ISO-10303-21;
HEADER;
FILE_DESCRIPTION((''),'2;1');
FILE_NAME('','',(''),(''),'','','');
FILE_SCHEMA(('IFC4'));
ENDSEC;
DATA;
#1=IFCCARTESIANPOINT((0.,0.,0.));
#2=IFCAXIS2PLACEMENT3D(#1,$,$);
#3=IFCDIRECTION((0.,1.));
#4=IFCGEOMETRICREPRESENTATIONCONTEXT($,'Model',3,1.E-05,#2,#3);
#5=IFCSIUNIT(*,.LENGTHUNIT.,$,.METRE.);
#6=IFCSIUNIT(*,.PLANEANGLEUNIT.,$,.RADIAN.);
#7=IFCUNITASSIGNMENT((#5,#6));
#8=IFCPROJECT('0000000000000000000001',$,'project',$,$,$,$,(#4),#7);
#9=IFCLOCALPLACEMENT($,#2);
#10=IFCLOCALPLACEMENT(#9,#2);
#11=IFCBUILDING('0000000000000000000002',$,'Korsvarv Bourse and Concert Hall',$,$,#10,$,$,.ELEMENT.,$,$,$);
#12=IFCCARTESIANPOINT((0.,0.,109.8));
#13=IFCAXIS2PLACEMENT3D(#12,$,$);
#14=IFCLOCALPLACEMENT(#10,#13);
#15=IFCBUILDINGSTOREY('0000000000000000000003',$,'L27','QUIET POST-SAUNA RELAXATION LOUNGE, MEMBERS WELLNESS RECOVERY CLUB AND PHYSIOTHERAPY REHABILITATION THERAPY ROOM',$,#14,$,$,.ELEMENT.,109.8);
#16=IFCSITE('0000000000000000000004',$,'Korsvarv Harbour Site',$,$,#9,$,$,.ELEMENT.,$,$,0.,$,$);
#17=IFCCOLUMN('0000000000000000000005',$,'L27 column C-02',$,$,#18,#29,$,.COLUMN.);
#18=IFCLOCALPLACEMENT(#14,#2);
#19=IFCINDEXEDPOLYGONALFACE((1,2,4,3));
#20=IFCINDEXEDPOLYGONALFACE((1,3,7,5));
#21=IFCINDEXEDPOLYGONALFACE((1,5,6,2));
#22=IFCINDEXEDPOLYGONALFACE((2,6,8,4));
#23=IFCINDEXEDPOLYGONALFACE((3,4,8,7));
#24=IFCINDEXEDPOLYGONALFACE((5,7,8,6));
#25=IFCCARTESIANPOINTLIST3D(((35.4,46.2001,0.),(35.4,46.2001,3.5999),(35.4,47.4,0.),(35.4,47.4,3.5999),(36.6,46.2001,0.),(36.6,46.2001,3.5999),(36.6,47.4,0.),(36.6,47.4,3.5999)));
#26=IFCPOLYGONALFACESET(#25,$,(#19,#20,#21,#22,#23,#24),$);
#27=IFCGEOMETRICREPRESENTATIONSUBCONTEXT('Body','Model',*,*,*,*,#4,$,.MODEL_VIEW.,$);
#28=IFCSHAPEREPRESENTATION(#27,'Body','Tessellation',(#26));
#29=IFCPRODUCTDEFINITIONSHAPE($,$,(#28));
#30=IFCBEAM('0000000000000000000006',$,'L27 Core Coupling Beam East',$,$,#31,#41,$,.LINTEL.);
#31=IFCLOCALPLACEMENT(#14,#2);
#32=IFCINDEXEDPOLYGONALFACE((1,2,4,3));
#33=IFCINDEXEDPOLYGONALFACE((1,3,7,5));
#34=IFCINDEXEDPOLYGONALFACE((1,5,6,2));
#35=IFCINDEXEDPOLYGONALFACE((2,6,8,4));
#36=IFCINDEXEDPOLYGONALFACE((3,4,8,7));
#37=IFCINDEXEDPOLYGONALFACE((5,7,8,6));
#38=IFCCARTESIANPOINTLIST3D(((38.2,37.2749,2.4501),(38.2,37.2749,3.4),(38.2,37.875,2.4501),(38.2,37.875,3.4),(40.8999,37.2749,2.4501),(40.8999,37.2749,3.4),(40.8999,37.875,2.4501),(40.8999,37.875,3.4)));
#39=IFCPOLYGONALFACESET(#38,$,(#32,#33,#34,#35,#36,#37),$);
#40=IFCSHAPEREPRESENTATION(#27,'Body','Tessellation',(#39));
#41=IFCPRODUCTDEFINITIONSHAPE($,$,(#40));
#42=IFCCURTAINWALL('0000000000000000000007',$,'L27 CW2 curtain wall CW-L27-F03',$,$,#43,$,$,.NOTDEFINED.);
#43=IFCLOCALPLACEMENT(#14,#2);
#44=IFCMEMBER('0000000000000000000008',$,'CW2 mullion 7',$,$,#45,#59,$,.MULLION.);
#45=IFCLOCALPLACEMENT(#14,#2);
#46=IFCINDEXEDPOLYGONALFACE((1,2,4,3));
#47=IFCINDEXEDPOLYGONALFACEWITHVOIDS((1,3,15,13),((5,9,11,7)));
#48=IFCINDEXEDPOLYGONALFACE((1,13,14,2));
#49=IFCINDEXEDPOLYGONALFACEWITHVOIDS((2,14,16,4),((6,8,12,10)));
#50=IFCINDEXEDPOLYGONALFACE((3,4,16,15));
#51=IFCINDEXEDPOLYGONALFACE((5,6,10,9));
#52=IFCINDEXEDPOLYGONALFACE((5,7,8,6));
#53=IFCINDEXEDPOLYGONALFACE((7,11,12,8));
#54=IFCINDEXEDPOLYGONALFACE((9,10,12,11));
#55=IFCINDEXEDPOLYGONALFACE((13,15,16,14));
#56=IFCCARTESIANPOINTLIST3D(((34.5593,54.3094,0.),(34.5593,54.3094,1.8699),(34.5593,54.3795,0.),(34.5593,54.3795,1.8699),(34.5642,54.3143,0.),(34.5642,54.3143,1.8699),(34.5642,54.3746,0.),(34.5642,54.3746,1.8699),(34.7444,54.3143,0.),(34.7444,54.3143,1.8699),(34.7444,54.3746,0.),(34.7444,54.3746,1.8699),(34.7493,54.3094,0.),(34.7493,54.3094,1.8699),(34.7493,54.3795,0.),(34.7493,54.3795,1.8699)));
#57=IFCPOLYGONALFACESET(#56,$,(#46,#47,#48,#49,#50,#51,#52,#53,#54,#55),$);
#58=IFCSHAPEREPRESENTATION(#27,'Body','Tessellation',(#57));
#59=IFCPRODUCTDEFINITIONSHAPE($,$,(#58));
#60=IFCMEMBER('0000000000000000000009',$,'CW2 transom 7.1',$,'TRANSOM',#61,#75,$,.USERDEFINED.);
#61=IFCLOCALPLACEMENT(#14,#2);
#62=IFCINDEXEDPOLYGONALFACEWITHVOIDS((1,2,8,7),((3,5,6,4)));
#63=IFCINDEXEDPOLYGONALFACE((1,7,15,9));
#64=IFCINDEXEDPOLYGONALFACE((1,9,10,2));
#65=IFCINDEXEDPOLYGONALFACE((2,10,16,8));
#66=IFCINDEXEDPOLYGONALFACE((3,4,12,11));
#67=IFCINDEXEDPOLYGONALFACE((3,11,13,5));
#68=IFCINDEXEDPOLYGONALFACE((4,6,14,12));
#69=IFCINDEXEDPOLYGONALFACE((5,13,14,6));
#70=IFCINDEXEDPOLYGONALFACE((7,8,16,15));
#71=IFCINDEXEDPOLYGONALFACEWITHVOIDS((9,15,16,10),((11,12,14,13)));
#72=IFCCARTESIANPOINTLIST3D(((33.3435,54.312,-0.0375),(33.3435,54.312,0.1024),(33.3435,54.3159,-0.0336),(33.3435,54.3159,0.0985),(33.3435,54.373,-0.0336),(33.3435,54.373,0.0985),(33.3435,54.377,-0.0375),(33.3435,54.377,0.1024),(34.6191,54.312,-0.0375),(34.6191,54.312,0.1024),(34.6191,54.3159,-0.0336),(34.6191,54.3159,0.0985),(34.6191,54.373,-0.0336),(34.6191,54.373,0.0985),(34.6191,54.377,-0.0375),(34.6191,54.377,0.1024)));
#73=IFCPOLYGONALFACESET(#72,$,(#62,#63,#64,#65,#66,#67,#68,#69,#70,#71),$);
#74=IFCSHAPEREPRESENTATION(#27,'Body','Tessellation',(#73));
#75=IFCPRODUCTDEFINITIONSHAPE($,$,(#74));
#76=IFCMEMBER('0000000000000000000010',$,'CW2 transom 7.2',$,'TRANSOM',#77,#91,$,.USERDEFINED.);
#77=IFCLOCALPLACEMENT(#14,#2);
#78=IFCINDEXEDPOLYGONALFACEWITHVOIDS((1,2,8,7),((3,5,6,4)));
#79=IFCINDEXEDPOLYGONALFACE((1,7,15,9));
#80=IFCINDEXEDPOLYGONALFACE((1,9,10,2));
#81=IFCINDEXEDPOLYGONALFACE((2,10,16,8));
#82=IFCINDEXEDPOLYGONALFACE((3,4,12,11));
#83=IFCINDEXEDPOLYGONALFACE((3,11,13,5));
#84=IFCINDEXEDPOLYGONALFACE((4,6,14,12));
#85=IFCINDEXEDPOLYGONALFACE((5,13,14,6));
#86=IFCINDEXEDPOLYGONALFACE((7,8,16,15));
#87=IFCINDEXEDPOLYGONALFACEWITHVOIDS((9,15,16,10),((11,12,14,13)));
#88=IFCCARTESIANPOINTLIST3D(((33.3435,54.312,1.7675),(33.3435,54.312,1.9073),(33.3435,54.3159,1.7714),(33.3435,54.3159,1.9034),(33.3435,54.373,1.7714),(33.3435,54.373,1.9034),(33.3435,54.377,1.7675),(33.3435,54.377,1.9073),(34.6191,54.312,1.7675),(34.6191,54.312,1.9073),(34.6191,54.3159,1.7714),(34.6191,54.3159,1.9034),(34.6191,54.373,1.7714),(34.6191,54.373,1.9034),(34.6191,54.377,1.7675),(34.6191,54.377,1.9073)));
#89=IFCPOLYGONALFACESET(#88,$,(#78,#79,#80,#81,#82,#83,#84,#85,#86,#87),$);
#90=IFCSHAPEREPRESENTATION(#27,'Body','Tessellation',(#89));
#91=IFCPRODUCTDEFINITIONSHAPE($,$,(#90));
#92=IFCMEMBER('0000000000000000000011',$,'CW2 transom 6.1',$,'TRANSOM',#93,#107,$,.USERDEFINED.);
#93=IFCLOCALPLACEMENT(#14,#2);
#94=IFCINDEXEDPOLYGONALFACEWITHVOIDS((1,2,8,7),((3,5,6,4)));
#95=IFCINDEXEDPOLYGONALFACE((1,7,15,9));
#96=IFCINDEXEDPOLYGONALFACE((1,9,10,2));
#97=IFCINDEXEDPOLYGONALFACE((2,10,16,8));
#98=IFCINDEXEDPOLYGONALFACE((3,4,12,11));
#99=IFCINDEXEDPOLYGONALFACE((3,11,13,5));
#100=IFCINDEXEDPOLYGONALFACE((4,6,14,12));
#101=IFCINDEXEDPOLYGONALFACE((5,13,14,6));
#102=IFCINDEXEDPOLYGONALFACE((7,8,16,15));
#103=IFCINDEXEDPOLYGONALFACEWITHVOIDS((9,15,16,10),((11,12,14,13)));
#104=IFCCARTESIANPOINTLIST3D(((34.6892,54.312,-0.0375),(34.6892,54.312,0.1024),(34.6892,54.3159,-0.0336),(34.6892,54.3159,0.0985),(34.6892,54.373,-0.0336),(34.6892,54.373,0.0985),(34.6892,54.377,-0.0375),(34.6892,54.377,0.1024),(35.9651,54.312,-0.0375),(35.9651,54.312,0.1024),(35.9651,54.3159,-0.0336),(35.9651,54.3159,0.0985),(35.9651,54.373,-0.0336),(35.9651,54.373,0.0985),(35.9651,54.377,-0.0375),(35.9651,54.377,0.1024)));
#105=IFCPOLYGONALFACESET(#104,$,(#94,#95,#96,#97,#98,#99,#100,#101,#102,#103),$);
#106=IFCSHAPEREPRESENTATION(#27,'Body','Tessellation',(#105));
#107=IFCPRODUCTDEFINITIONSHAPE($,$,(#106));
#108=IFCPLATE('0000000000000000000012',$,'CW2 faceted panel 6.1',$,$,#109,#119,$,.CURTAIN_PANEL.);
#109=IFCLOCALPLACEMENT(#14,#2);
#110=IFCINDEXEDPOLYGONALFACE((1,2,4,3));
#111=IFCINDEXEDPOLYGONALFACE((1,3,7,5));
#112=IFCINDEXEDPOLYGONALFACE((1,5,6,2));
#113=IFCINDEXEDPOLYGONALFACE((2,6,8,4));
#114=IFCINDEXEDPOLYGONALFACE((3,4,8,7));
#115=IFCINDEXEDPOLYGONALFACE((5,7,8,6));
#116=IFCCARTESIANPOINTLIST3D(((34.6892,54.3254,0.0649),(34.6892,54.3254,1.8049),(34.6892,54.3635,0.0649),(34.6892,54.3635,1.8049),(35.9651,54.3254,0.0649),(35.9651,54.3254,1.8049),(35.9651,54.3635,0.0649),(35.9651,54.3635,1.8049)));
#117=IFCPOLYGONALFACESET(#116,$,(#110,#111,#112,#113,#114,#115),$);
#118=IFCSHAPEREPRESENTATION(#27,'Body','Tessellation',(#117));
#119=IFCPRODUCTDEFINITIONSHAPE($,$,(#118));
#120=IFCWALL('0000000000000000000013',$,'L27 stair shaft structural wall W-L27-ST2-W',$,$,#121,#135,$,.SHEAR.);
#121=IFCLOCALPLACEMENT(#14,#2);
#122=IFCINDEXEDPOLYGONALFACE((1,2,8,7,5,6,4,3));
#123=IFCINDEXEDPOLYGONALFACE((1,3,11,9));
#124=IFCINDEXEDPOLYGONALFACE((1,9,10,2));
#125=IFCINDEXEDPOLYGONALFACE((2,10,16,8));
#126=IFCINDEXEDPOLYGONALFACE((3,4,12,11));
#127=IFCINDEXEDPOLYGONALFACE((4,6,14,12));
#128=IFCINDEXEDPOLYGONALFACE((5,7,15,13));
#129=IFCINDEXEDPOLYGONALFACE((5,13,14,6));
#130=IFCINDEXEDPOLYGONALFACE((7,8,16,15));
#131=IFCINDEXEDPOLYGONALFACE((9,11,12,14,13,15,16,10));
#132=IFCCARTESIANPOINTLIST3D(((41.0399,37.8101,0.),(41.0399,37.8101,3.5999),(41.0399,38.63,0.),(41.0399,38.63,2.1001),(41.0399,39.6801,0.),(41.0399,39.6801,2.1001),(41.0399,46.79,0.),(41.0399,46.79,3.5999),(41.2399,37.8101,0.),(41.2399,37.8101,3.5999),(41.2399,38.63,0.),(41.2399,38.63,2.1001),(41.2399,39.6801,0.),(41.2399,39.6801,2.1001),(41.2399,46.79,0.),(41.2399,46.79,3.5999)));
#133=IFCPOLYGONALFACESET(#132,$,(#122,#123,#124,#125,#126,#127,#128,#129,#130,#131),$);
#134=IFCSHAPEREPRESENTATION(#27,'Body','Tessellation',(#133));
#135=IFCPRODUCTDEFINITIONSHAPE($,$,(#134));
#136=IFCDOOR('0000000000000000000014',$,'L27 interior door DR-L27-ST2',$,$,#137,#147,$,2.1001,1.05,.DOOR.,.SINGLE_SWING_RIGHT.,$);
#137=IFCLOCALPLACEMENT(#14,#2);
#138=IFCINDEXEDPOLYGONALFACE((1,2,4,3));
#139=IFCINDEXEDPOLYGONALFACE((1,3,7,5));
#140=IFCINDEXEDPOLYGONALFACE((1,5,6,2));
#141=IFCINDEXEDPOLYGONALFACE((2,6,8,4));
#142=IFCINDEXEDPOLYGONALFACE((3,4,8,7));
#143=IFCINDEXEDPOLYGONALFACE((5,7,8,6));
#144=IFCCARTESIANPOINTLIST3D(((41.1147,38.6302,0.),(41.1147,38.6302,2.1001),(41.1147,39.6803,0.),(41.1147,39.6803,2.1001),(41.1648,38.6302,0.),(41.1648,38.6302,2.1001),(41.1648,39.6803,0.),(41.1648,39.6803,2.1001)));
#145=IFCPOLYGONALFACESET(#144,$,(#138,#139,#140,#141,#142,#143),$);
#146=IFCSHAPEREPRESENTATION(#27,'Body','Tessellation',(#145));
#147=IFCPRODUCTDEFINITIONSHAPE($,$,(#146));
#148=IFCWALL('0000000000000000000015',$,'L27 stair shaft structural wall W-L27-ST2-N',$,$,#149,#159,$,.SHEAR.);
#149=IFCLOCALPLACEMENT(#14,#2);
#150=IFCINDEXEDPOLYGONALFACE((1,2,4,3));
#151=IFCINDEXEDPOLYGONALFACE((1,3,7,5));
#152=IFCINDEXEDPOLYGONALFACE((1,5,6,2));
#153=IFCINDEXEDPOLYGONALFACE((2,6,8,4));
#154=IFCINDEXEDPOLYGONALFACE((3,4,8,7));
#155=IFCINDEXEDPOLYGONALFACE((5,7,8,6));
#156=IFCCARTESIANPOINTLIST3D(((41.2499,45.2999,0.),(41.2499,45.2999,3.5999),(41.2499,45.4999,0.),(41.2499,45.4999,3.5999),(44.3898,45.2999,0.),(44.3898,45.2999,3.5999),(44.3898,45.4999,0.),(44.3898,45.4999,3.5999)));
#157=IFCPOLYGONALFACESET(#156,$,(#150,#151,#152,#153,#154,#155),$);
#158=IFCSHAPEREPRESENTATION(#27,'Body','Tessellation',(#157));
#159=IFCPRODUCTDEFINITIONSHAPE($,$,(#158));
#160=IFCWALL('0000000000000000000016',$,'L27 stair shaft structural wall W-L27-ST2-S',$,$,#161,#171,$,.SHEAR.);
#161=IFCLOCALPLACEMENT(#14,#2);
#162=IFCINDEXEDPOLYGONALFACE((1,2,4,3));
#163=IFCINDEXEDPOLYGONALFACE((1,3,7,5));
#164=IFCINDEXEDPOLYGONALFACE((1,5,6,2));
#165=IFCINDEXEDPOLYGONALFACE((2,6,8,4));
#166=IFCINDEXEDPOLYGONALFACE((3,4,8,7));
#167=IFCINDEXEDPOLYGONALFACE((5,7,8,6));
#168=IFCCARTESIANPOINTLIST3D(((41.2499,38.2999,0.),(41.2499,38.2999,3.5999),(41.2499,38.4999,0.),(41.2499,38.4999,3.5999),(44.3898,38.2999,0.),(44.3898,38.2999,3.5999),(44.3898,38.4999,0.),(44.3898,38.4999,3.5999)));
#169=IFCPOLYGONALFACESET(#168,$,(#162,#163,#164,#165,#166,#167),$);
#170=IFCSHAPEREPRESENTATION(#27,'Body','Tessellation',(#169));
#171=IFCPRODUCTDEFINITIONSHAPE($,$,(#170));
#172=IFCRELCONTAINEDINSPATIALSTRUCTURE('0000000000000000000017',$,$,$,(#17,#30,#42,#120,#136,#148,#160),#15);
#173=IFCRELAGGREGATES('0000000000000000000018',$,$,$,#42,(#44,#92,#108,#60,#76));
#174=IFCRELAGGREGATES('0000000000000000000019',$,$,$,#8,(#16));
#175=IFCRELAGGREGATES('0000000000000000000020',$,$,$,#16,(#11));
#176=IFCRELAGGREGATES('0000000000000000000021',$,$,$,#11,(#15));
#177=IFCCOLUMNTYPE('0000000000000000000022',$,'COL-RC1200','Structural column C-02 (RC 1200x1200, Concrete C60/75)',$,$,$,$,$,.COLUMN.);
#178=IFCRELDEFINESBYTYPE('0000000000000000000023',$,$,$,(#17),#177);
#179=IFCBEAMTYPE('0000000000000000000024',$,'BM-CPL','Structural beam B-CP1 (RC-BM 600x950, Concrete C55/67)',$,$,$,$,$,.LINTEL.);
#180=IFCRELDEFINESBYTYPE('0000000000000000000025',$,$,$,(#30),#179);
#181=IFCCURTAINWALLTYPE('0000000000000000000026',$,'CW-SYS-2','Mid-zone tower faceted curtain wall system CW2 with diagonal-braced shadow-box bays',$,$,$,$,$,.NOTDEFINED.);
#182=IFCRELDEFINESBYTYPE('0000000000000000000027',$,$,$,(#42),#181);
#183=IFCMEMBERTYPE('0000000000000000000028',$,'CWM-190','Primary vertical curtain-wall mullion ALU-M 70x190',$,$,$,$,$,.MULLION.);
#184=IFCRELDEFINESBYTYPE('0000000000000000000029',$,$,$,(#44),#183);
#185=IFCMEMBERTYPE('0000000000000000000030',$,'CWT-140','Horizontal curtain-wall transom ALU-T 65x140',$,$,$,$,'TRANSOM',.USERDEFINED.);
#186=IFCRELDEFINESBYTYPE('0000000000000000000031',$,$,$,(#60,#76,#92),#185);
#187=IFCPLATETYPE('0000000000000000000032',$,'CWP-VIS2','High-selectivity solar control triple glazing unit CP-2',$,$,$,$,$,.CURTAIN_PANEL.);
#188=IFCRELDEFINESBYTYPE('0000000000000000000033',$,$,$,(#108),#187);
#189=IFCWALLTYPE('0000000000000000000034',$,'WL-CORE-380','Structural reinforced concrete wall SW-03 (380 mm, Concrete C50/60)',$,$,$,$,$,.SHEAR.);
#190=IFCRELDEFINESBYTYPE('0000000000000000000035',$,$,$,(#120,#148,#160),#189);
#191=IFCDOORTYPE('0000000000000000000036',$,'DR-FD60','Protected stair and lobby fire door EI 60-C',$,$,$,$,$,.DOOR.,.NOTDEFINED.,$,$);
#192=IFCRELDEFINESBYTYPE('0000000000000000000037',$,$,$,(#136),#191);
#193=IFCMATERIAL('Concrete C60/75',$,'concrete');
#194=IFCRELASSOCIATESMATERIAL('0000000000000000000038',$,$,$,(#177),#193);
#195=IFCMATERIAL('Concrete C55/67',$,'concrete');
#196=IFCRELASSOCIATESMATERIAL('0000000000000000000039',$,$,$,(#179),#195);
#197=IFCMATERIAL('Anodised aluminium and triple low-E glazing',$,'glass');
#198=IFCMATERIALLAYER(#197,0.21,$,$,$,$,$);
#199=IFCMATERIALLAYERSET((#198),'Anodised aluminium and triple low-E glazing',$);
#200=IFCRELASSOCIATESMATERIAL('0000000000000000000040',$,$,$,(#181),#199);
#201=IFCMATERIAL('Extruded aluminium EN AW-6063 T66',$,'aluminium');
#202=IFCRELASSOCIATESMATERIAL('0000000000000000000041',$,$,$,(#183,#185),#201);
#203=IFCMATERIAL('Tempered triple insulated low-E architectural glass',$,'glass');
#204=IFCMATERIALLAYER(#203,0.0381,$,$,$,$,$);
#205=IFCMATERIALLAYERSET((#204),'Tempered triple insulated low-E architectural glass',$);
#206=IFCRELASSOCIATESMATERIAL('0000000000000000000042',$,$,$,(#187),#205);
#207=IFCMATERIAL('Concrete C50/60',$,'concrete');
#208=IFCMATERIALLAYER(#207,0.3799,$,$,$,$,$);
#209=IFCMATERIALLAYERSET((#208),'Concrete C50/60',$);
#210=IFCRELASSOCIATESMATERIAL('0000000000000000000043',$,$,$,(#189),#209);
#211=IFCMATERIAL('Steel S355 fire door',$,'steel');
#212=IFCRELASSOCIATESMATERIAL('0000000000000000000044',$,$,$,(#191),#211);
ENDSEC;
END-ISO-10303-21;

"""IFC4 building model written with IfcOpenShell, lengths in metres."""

from ifc_helpers import new_model, si_unit, direction, frame, frame_2d, origin, origin_2d, place, context, subcontext, project, spatial, rectangle, hollow_rectangle, extrude, source, transform, mapped, material, layer, layer_set, material_profile, profile_set, type_object, element, fill, aggregate, save


model = new_model("IFC4")

# Units and contexts
model_context = context("Model", 3, precision=1e-05, world=origin(), true_north=direction((0.0, 1.0)))
body_context = subcontext(model_context, "Body", "Model", "MODEL_VIEW")
ifc_project = project(units=[si_unit("LENGTHUNIT", "METRE"), si_unit("PLANEANGLEUNIT", "RADIAN")], contexts=[model_context])

# Site, building, storey
site_placement = place(None, origin())
site = spatial("IfcSite", under=ifc_project, at=site_placement, Name="Korsvarv Harbour Site", CompositionType="ELEMENT", RefElevation=0.0)
building_placement = place(site_placement, origin())
building = spatial("IfcBuilding", under=site, at=building_placement, Name="Korsvarv Bourse and Concert Hall", CompositionType="ELEMENT")
storey_placement = place(building_placement, frame((0.0, 0.0, 109.8)))
storey = spatial("IfcBuildingStorey", under=building, at=storey_placement, Name="L27", Description="QUIET POST-SAUNA RELAXATION LOUNGE, MEMBERS WELLNESS RECOVERY CLUB AND PHYSIOTHERAPY REHABILITATION THERAPY ROOM", CompositionType="ELEMENT", Elevation=109.8)

# Column
ifc_material_1 = material(Name="Concrete C60/75", Category="concrete")
ifc_material_profile_1 = material_profile(ifc_material_1, rectangle(XDim=1.2, YDim=1.2, at=origin_2d()), Name="RC 1200x1200")
ifc_profile_set_1 = profile_set([ifc_material_profile_1], Name="Concrete C60/75")
column_type = type_object("IfcColumnType", Name="COL-RC1200", Description="Structural column C-02 (RC 1200x1200, Concrete C60/75)", PredefinedType="COLUMN", material=ifc_profile_set_1)
shared_shape_1 = source(origin(), body_context, "Body", "SweptSolid", [
    extrude(rectangle(XDim=1.2, YDim=1.2, at=origin_2d()), origin(), (0.0, 0.0, 1.0), 3.5999),
])
column_placement = place(storey_placement, frame((36.0, 46.8, 0.0), z_axis=(0.0, 0.0, 1.0), x_axis=(1.0, 0.0, 0.0)))
element("IfcColumn", 1, at=column_placement, inside=storey, type_object=column_type, Name="L27 column C-02", PredefinedType="COLUMN", context=body_context, shape_type="MappedRepresentation", body=[
    mapped(shared_shape_1, transform((0.0, 0.0, 0.0), scale=1.0)),
])

# Beam
ifc_material_2 = material(Name="Concrete C55/67", Category="concrete")
ifc_material_profile_2 = material_profile(ifc_material_2, rectangle(XDim=0.6001, YDim=0.95, at=origin_2d()), Name="RC-BM 600x950")
ifc_profile_set_2 = profile_set([ifc_material_profile_2], Name="Concrete C55/67")
beam_type = type_object("IfcBeamType", Name="BM-CPL", Description="Structural beam B-CP1 (RC-BM 600x950, Concrete C55/67)", PredefinedType="LINTEL", material=ifc_profile_set_2)
shared_shape_2 = source(origin(), body_context, "Body", "SweptSolid", [
    extrude(rectangle(XDim=0.6001, YDim=0.95, at=origin_2d()), origin(), (0.0, 0.0, 1.0), 2.7),
])
beam_placement = place(storey_placement, frame((38.2, 37.575, 2.925), z_axis=(1.0, 0.0, 0.0), x_axis=(0.0, 1.0, 0.0)))
element("IfcBeam", 2, at=beam_placement, inside=storey, type_object=beam_type, Name="L27 Core Coupling Beam East", PredefinedType="LINTEL", context=body_context, shape_type="MappedRepresentation", body=[
    mapped(shared_shape_2, transform((0.0, 0.0, 0.0), scale=1.0)),
])

# Curtain wall, members, plate
ifc_material_3 = material(Name="Anodised aluminium and triple low-E glazing", Category="glass")
ifc_layer_1 = layer(ifc_material_3, 0.21)
ifc_layer_set_1 = layer_set([ifc_layer_1], Name="Anodised aluminium and triple low-E glazing")
curtain_wall_type = type_object("IfcCurtainWallType", Name="CW-SYS-2", Description="Mid-zone tower faceted curtain wall system CW2 with diagonal-braced shadow-box bays", PredefinedType="NOTDEFINED", material=ifc_layer_set_1)
curtain_wall_placement = place(storey_placement, origin())
curtain_wall = element("IfcCurtainWall", 3, at=curtain_wall_placement, inside=storey, type_object=curtain_wall_type, Name="L27 CW2 curtain wall CW-L27-F03", PredefinedType="NOTDEFINED")
ifc_material_4 = material(Name="Extruded aluminium EN AW-6063 T66", Category="aluminium")
ifc_material_profile_3 = material_profile(ifc_material_4, hollow_rectangle(XDim=0.0701, YDim=0.1899, WallThickness=0.0049, at=origin_2d()), Name="ALU-M 70x190")
ifc_profile_set_3 = profile_set([ifc_material_profile_3], Name="Extruded aluminium EN AW-6063 T66")
member_type_1 = type_object("IfcMemberType", Name="CWM-190", Description="Primary vertical curtain-wall mullion ALU-M 70x190", PredefinedType="MULLION", material=ifc_profile_set_3)
shared_shape_3 = source(origin(), body_context, "Body", "SweptSolid", [
    extrude(hollow_rectangle(XDim=0.0701, YDim=0.1899, WallThickness=0.0049, at=origin_2d()), origin(), (0.0, 0.0, 1.0), 1.8699),
])
member_1_placement = place(storey_placement, frame((34.6543, 54.3445, 0.0), z_axis=(0.0, 0.0, 1.0), x_axis=(0.0, -1.0, 0.0)))
member_1 = element("IfcMember", 4, at=member_1_placement, type_object=member_type_1, Name="CW2 mullion 7", PredefinedType="MULLION", context=body_context, shape_type="MappedRepresentation", body=[
    mapped(shared_shape_3, transform((0.0, 0.0, 0.0), scale=1.0)),
])
ifc_material_profile_4 = material_profile(ifc_material_4, hollow_rectangle(XDim=0.0649, YDim=0.1399, WallThickness=0.0039, at=origin_2d()), Name="ALU-T 65x140")
ifc_profile_set_4 = profile_set([ifc_material_profile_4], Name="Extruded aluminium EN AW-6063 T66")
member_type_2 = type_object("IfcMemberType", Name="CWT-140", Description="Horizontal curtain-wall transom ALU-T 65x140", ElementType="TRANSOM", PredefinedType="USERDEFINED", material=ifc_profile_set_4)
shared_shape_4 = source(origin(), body_context, "Body", "SweptSolid", [
    extrude(hollow_rectangle(XDim=0.0649, YDim=0.1399, WallThickness=0.0039, at=origin_2d()), origin(), (0.0, 0.0, 1.0), 1.2756),
])
member_2_placement = place(storey_placement, frame((34.6191, 54.3445, 0.0325), z_axis=(-1.0, 0.0, 0.0), x_axis=(0.0, -1.0, 0.0)))
member_2 = element("IfcMember", 5, at=member_2_placement, type_object=member_type_2, Name="CW2 transom 7.1", ObjectType="TRANSOM", PredefinedType="USERDEFINED", context=body_context, shape_type="MappedRepresentation", body=[
    mapped(shared_shape_4, transform((0.0, 0.0, 0.0), scale=1.0)),
])
member_3_placement = place(storey_placement, frame((34.6191, 54.3445, 1.8374), z_axis=(-1.0, 0.0, 0.0), x_axis=(0.0, -1.0, 0.0)))
member_3 = element("IfcMember", 6, at=member_3_placement, type_object=member_type_2, Name="CW2 transom 7.2", ObjectType="TRANSOM", PredefinedType="USERDEFINED", context=body_context, shape_type="MappedRepresentation", body=[
    mapped(shared_shape_4, transform((0.0, 0.0, 0.0), scale=1.0)),
])
shared_shape_5 = source(origin(), body_context, "Body", "SweptSolid", [
    extrude(hollow_rectangle(XDim=0.0649, YDim=0.1399, WallThickness=0.0039, at=origin_2d()), origin(), (0.0, 0.0, 1.0), 1.2759),
])
member_4_placement = place(storey_placement, frame((35.9651, 54.3445, 0.0325), z_axis=(-1.0, 0.0, 0.0), x_axis=(0.0, -1.0, 0.0)))
member_4 = element("IfcMember", 7, at=member_4_placement, type_object=member_type_2, Name="CW2 transom 6.1", ObjectType="TRANSOM", PredefinedType="USERDEFINED", context=body_context, shape_type="MappedRepresentation", body=[
    mapped(shared_shape_5, transform((0.0, 0.0, 0.0), scale=1.0)),
])
ifc_material_5 = material(Name="Tempered triple insulated low-E architectural glass", Category="glass")
ifc_layer_2 = layer(ifc_material_5, 0.0381)
ifc_layer_set_2 = layer_set([ifc_layer_2], Name="Tempered triple insulated low-E architectural glass")
plate_type = type_object("IfcPlateType", Name="CWP-VIS2", Description="High-selectivity solar control triple glazing unit CP-2", PredefinedType="CURTAIN_PANEL", material=ifc_layer_set_2)
shared_shape_6 = source(origin(), body_context, "Body", "SweptSolid", [
    extrude(rectangle(XDim=1.2759, YDim=0.0381, at=origin_2d()), origin(), (0.0, 0.0, 1.0), 1.74),
])
plate_placement = place(storey_placement, frame((35.3271, 54.3445, 0.0649), z_axis=(0.0, 0.0, 1.0), x_axis=(-1.0, 0.0, 0.0)))
plate = element("IfcPlate", 8, at=plate_placement, type_object=plate_type, Name="CW2 faceted panel 6.1", PredefinedType="CURTAIN_PANEL", context=body_context, shape_type="MappedRepresentation", body=[
    mapped(shared_shape_6, transform((0.0, 0.0, 0.0), scale=1.0)),
])
aggregate(curtain_wall, [member_1, member_4, plate, member_2, member_3])

# Wall, opening, door
ifc_material_6 = material(Name="Concrete C50/60", Category="concrete")
ifc_layer_3 = layer(ifc_material_6, 0.3799)
ifc_layer_set_3 = layer_set([ifc_layer_3], Name="Concrete C50/60")
wall_type_1 = type_object("IfcWallType", Name="WL-CORE-380", Description="Structural reinforced concrete wall SW-03 (380 mm, Concrete C50/60)", PredefinedType="SHEAR", material=ifc_layer_set_3)
wall_1_placement = place(storey_placement, frame((41.1399, 37.8101, 0.0), z_axis=(0.0, 0.0, 1.0), x_axis=(0.0, 1.0, 0.0)))
wall_1 = element("IfcWall", 9, at=wall_1_placement, inside=storey, type_object=wall_type_1, Name="L27 stair shaft structural wall W-L27-ST2-W", PredefinedType="SHEAR", context=body_context, shape_type="SweptSolid", body=[
    extrude(rectangle(XDim=8.98, YDim=0.2, at=frame_2d((4.49, 0.0))), origin(), (0.0, 0.0, 1.0), 3.5999),
])
opening_1_placement = place(wall_1_placement, frame((0.8201, 0.0, 0.0)))
opening_1 = element("IfcOpeningElement", 10, at=opening_1_placement, cuts=wall_1, PredefinedType="OPENING", context=body_context, shape_type="SweptSolid", body=[
    extrude(rectangle(XDim=1.05, YDim=2.1001, at=frame_2d((0.5249, 1.05))), frame((0.0, 0.1099, 0.0), z_axis=(0.0, -1.0, 0.0), x_axis=(1.0, 0.0, 0.0)), (0.0, 0.0, 1.0), 0.22),
])
ifc_material_7 = material(Name="Steel S355 fire door", Category="steel")
door_type_1 = type_object("IfcDoorType", Name="DR-FD60", Description="Protected stair and lobby fire door EI 60-C", OperationType="NOTDEFINED", PredefinedType="DOOR", material=ifc_material_7)
door_1_placement = place(opening_1_placement, frame((1.05, 0.0, 0.0), z_axis=(0.0, 0.0, 1.0), x_axis=(-1.0, 0.0, 0.0)))
door_1 = element("IfcDoor", 11, at=door_1_placement, inside=storey, type_object=door_type_1, Name="L27 interior door DR-L27-ST2", OperationType="SINGLE_SWING_RIGHT", OverallHeight=2.1001, OverallWidth=1.05, PredefinedType="DOOR", context=body_context, shape_type="SweptSolid", body=[
    extrude(rectangle(XDim=1.05, YDim=2.1001, at=frame_2d((0.5249, 1.05))), frame((0.0, 0.0249, 0.0), z_axis=(0.0, -1.0, 0.0), x_axis=(1.0, 0.0, 0.0)), (0.0, 0.0, 1.0), 0.05),
])
fill(opening_1, door_1)

# Walls
for number, where, z_axis, x_axis, name in (
    (12, (41.25, 45.3999, 0.0), (0.0, 0.0, 1.0), (1.0, 0.0, 0.0), "L27 stair shaft structural wall W-L27-ST2-N"),
    (13, (41.25, 38.3999, 0.0), (0.0, 0.0, 1.0), (1.0, 0.0, 0.0), "L27 stair shaft structural wall W-L27-ST2-S"),
):
    element("IfcWall", number, at=place(storey_placement, frame(where, z_axis=z_axis, x_axis=x_axis)), inside=storey, type_object=wall_type_1, Name=name, PredefinedType="SHEAR", context=body_context, shape_type="SweptSolid", body=[
        extrude(rectangle(XDim=3.1399, YDim=0.2, at=frame_2d((1.5698, 0.0))), origin(), (0.0, 0.0, 1.0), 3.5999),
    ])

save(model, "model.ifc")
